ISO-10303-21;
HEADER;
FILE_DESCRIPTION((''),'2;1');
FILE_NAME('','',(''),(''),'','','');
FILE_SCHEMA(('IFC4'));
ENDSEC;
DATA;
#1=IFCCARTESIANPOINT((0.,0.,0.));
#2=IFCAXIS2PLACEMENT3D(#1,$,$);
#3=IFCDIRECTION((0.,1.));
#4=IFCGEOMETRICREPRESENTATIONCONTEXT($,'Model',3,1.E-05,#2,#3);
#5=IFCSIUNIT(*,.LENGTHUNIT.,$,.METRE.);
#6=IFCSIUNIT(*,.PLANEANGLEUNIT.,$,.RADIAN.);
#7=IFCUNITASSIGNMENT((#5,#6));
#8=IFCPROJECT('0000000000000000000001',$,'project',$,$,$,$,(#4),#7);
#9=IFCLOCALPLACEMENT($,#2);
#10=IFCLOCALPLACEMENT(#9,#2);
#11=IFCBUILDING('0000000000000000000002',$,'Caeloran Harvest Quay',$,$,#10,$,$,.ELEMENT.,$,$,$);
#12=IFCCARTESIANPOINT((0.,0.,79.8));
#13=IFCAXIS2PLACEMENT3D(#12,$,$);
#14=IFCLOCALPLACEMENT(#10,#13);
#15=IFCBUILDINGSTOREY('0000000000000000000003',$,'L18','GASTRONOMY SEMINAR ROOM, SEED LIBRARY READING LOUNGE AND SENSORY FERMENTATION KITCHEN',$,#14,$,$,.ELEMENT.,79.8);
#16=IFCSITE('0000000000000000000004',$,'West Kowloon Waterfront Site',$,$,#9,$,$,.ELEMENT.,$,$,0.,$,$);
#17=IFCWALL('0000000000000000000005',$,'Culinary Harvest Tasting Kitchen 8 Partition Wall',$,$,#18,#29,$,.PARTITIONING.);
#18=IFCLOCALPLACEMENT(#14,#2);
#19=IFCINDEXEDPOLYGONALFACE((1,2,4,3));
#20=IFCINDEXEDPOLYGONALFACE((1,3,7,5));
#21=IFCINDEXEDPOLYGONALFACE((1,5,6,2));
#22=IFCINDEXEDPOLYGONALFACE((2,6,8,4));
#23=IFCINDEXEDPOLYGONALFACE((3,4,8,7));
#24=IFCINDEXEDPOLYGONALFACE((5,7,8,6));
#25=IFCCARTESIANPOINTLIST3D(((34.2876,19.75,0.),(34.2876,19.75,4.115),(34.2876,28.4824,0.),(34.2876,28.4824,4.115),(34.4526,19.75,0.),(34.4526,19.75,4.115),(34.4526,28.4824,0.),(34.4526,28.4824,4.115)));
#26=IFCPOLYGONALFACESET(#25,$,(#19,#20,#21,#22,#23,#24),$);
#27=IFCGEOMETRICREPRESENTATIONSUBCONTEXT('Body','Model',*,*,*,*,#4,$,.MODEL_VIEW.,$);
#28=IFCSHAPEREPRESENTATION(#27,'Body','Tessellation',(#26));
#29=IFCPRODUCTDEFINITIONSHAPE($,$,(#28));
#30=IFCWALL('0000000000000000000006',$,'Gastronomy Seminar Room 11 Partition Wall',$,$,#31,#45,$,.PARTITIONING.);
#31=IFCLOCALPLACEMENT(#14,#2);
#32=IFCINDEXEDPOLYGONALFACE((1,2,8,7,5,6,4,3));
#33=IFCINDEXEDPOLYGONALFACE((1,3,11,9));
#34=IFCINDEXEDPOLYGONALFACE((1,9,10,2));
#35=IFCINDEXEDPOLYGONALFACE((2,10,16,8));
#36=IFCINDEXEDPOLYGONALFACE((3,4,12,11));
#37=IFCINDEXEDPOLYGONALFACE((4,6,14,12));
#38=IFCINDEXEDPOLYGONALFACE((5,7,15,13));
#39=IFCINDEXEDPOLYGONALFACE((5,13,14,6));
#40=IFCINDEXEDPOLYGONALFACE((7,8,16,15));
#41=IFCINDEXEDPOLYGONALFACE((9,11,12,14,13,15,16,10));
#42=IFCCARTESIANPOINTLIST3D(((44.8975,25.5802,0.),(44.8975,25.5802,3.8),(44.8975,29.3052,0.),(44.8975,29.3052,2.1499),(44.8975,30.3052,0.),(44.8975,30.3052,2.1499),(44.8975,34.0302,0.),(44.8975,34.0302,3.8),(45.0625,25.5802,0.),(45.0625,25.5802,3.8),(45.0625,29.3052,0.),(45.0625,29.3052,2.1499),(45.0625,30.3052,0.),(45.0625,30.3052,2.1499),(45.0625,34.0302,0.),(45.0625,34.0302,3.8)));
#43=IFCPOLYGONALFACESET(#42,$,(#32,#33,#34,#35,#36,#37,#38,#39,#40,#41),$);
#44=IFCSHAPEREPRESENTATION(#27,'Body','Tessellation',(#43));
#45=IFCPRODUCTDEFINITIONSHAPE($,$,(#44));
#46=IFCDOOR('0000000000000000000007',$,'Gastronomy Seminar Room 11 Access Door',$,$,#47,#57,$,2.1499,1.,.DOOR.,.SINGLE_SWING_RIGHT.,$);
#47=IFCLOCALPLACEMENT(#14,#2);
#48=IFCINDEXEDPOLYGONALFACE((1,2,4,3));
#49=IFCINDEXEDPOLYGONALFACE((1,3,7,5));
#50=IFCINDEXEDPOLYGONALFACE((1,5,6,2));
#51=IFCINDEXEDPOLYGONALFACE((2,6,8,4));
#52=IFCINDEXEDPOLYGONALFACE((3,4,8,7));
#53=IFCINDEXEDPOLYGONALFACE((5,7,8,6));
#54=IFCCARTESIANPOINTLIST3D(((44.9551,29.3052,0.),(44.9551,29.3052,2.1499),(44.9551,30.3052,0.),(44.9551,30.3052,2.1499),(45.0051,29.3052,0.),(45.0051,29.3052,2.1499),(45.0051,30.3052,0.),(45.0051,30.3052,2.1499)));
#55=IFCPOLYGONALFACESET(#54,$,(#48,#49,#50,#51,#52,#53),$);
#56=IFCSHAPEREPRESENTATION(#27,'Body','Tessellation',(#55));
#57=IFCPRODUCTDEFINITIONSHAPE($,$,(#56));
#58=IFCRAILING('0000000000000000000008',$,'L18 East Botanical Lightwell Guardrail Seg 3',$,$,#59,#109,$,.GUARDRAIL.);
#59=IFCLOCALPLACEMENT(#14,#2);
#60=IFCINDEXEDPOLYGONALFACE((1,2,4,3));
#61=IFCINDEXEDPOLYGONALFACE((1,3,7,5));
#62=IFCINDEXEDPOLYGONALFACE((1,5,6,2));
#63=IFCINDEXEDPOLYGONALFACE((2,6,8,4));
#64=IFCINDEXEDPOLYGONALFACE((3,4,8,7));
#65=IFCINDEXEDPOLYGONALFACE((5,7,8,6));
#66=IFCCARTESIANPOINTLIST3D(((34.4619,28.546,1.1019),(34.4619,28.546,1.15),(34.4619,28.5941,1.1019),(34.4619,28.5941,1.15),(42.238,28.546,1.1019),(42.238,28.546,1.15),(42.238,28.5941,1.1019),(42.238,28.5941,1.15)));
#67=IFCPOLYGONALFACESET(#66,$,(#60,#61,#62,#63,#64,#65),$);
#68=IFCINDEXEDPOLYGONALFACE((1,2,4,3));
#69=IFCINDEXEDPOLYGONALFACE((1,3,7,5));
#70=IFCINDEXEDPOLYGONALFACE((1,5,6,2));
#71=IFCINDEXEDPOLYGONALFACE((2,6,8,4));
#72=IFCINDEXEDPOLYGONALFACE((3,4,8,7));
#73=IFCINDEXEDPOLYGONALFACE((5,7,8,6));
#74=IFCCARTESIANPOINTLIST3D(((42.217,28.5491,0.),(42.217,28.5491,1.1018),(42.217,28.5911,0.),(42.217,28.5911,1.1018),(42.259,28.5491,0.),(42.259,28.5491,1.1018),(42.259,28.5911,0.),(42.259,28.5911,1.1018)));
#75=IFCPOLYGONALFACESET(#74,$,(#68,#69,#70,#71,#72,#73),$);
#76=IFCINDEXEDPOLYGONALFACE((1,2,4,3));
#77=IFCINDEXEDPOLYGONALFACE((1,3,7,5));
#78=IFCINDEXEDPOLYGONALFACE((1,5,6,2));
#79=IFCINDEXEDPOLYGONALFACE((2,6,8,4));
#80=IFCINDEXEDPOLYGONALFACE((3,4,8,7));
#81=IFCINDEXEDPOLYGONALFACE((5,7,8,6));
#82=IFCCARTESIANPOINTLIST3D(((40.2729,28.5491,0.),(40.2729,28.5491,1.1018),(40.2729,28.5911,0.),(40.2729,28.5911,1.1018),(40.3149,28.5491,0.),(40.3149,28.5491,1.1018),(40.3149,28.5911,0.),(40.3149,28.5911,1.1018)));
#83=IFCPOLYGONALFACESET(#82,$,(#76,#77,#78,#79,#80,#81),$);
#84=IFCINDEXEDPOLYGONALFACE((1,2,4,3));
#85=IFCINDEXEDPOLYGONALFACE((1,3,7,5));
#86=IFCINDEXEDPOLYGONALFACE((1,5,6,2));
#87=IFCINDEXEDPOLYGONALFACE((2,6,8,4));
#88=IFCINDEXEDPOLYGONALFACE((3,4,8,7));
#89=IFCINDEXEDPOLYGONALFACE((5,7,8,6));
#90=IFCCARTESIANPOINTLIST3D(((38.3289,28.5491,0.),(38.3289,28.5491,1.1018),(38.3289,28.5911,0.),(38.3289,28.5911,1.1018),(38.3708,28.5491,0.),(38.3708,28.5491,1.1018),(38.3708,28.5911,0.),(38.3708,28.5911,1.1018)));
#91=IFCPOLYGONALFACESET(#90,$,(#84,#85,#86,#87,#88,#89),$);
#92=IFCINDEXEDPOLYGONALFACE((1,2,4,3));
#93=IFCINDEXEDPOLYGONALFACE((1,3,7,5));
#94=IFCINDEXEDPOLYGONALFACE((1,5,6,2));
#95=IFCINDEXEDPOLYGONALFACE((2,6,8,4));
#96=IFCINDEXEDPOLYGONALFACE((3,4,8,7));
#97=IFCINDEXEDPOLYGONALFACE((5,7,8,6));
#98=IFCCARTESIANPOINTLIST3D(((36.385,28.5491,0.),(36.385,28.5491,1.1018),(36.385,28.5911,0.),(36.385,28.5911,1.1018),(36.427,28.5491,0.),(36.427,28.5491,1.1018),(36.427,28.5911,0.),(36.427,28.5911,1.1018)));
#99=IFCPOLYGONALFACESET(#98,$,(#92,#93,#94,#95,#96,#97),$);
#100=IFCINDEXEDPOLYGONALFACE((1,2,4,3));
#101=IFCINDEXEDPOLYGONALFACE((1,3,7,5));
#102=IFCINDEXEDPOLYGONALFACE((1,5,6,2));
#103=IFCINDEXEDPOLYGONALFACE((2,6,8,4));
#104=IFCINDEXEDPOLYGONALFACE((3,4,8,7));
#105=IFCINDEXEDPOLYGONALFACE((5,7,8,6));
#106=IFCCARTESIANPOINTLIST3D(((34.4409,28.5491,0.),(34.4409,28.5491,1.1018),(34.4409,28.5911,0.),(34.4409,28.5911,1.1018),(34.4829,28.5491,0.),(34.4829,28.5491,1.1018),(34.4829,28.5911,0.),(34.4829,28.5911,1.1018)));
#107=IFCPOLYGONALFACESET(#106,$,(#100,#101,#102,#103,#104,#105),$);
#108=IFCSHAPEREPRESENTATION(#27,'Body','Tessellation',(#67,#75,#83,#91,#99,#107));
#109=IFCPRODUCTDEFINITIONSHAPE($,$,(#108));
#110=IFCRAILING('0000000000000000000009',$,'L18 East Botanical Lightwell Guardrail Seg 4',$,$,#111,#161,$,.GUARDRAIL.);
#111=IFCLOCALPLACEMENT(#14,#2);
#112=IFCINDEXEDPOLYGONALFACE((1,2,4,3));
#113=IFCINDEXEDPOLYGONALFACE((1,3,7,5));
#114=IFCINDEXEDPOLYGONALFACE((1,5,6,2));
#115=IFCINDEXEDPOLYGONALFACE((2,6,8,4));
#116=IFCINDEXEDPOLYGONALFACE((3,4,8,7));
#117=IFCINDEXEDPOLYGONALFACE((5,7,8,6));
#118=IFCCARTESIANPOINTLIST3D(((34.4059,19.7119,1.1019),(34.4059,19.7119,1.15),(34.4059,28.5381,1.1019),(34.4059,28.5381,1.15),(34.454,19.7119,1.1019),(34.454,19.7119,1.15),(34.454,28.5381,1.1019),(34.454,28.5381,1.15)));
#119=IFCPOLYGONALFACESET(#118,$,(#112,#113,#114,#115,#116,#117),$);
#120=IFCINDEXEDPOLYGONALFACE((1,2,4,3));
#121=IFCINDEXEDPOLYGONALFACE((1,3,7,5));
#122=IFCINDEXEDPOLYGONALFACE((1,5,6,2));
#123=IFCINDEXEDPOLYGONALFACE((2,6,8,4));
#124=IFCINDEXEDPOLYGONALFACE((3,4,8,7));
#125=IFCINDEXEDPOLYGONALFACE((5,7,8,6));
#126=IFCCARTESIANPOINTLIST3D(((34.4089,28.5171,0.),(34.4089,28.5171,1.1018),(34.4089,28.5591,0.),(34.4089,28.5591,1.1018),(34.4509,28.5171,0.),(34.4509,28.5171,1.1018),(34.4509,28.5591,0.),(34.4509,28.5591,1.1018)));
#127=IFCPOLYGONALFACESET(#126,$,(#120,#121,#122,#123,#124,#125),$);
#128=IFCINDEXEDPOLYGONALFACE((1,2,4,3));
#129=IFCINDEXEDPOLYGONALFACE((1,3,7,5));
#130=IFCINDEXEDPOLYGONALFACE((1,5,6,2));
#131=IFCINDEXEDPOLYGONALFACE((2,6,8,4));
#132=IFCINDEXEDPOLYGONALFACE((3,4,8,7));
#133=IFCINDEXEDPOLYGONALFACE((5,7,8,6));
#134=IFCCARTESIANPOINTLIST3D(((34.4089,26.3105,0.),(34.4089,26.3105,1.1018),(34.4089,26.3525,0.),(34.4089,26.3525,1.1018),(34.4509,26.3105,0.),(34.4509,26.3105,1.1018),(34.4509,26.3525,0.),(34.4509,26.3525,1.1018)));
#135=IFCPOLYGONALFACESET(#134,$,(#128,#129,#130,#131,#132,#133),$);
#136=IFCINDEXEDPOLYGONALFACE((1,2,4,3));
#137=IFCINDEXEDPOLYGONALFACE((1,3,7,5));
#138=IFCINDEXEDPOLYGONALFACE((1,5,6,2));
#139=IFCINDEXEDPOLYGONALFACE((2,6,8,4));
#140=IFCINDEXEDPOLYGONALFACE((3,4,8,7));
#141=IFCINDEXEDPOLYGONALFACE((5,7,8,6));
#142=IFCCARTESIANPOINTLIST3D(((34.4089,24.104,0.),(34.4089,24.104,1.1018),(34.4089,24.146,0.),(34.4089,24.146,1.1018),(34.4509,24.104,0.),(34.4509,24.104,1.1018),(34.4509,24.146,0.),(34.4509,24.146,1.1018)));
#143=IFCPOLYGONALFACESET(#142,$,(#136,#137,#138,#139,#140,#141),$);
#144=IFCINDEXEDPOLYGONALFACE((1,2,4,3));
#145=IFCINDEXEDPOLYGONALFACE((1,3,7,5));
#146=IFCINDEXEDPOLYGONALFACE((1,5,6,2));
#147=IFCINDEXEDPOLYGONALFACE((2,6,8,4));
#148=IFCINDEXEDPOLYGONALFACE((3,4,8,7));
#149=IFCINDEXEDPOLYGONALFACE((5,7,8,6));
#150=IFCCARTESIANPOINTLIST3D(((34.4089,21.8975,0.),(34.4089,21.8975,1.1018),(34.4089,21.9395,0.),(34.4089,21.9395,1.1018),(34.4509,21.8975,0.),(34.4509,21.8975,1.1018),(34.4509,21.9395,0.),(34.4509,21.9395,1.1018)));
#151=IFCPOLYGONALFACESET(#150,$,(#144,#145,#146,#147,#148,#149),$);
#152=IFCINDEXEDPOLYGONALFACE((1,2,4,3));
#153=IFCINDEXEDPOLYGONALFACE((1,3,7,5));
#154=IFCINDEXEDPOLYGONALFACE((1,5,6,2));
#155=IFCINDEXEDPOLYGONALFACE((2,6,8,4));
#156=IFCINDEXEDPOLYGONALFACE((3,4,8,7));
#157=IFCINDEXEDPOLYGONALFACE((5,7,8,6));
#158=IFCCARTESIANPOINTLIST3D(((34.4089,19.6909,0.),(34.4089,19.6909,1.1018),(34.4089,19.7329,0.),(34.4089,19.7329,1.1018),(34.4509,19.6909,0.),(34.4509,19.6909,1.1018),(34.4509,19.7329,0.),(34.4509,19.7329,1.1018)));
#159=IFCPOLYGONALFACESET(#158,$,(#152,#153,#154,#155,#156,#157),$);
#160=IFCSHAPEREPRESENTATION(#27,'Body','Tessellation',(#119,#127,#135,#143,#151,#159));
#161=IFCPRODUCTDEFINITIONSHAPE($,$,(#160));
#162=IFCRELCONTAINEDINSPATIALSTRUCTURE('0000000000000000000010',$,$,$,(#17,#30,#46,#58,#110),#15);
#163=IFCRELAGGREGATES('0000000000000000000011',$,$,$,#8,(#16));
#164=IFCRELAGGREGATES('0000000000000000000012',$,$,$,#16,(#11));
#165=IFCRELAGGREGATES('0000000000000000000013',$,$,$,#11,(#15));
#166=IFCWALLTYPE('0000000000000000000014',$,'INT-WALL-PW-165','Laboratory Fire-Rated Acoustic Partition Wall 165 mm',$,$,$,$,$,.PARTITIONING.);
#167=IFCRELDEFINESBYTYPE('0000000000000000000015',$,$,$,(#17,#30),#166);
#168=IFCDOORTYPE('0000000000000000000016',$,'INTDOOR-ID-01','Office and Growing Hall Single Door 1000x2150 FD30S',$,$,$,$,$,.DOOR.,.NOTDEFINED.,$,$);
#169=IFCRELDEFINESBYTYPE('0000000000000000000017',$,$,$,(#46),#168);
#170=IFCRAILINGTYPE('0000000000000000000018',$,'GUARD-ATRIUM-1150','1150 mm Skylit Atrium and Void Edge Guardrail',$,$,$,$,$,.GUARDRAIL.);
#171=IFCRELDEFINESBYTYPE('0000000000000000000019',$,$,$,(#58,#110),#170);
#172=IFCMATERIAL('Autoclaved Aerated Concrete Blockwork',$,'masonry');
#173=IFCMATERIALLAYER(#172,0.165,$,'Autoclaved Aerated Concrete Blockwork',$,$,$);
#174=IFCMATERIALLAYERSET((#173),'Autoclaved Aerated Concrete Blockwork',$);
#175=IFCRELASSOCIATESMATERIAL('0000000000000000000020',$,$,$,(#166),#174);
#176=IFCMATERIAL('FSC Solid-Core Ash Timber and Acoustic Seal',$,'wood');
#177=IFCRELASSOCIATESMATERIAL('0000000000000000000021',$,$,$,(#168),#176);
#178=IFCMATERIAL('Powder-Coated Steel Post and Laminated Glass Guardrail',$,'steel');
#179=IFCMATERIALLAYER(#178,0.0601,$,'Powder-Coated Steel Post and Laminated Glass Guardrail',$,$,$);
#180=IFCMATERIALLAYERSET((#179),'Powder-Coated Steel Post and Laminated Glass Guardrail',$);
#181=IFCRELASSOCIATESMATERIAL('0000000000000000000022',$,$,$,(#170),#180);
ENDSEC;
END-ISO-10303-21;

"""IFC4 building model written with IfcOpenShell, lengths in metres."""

from ifc_helpers import new_model, si_unit, direction, frame, frame_2d, origin, origin_2d, place, context, subcontext, project, spatial, rectangle, extrude, material, layer, layer_set, type_object, element, fill, save


model = new_model("IFC4")

# Units and contexts
model_context = context("Model", 3, precision=1e-05, world=origin(), true_north=direction((0.0, 1.0)))
body_context = subcontext(model_context, "Body", "Model", "MODEL_VIEW")
ifc_project = project(units=[si_unit("LENGTHUNIT", "METRE"), si_unit("PLANEANGLEUNIT", "RADIAN")], contexts=[model_context])

# Site, building, storey
site_placement = place(None, origin())
site = spatial("IfcSite", under=ifc_project, at=site_placement, Name="West Kowloon Waterfront Site", CompositionType="ELEMENT", RefElevation=0.0)
building_placement = place(site_placement, origin())
building = spatial("IfcBuilding", under=site, at=building_placement, Name="Caeloran Harvest Quay", CompositionType="ELEMENT")
storey_placement = place(building_placement, frame((0.0, 0.0, 79.8)))
storey = spatial("IfcBuildingStorey", under=building, at=storey_placement, Name="L18", Description="GASTRONOMY SEMINAR ROOM, SEED LIBRARY READING LOUNGE AND SENSORY FERMENTATION KITCHEN", CompositionType="ELEMENT", Elevation=79.8)

# Wall
ifc_material_1 = material(Name="Autoclaved Aerated Concrete Blockwork", Category="masonry")
ifc_layer_1 = layer(ifc_material_1, 0.165, Name="Autoclaved Aerated Concrete Blockwork")
ifc_layer_set_1 = layer_set([ifc_layer_1], Name="Autoclaved Aerated Concrete Blockwork")
wall_type = type_object("IfcWallType", Name="INT-WALL-PW-165", Description="Laboratory Fire-Rated Acoustic Partition Wall 165 mm", PredefinedType="PARTITIONING", material=ifc_layer_set_1)
wall_1_placement = place(storey_placement, frame((34.3701, 28.4824, 0.0), z_axis=(0.0, 0.0, 1.0), x_axis=(0.0, -1.0, 0.0)))
element("IfcWall", 1, at=wall_1_placement, inside=storey, type_object=wall_type, Name="Culinary Harvest Tasting Kitchen 8 Partition Wall", PredefinedType="PARTITIONING", context=body_context, shape_type="SweptSolid", body=[
    extrude(rectangle(XDim=8.7324, YDim=0.165, at=frame_2d((4.3662, 0.0))), origin(), (0.0, 0.0, 1.0), 4.115),
])

# Wall, opening, door
wall_2_placement = place(storey_placement, frame((44.98, 25.5801, 0.0), z_axis=(0.0, 0.0, 1.0), x_axis=(0.0, 1.0, 0.0)))
wall_2 = element("IfcWall", 2, at=wall_2_placement, inside=storey, type_object=wall_type, Name="Gastronomy Seminar Room 11 Partition Wall", PredefinedType="PARTITIONING", context=body_context, shape_type="SweptSolid", body=[
    extrude(rectangle(XDim=8.45, YDim=0.165, at=frame_2d((4.2251, 0.0))), origin(), (0.0, 0.0, 1.0), 3.8),
])
opening_placement = place(wall_2_placement, frame((3.7251, 0.0, 0.0)))
opening = element("IfcOpeningElement", 3, at=opening_placement, cuts=wall_2, PredefinedType="OPENING", context=body_context, shape_type="SweptSolid", body=[
    extrude(rectangle(XDim=1.0, YDim=2.1499, at=frame_2d((0.5, 1.075))), frame((0.0, 0.0925, 0.0), z_axis=(0.0, -1.0, 0.0), x_axis=(1.0, 0.0, 0.0)), (0.0, 0.0, 1.0), 0.1851),
])
ifc_material_2 = material(Name="FSC Solid-Core Ash Timber and Acoustic Seal", Category="wood")
door_type = type_object("IfcDoorType", Name="INTDOOR-ID-01", Description="Office and Growing Hall Single Door 1000x2150 FD30S", OperationType="NOTDEFINED", PredefinedType="DOOR", material=ifc_material_2)
door_placement = place(opening_placement, origin())
door = element("IfcDoor", 4, at=door_placement, inside=storey, type_object=door_type, Name="Gastronomy Seminar Room 11 Access Door", OperationType="SINGLE_SWING_RIGHT", OverallHeight=2.1499, OverallWidth=1.0, PredefinedType="DOOR", context=body_context, shape_type="SweptSolid", body=[
    extrude(rectangle(XDim=1.0, YDim=2.1499, at=frame_2d((0.5, 1.075))), frame((0.0, 0.0249, 0.0), z_axis=(0.0, -1.0, 0.0), x_axis=(1.0, 0.0, 0.0)), (0.0, 0.0, 1.0), 0.05),
])
fill(opening, door)

# Railings
ifc_material_3 = material(Name="Powder-Coated Steel Post and Laminated Glass Guardrail", Category="steel")
ifc_layer_2 = layer(ifc_material_3, 0.0601, Name="Powder-Coated Steel Post and Laminated Glass Guardrail")
ifc_layer_set_2 = layer_set([ifc_layer_2], Name="Powder-Coated Steel Post and Laminated Glass Guardrail")
railing_type = type_object("IfcRailingType", Name="GUARD-ATRIUM-1150", Description="1150 mm Skylit Atrium and Void Edge Guardrail", PredefinedType="GUARDRAIL", material=ifc_layer_set_2)
railing_1_placement = place(storey_placement, frame((42.238, 28.5701, 0.0)))
element("IfcRailing", 5, at=railing_1_placement, inside=storey, type_object=railing_type, Name="L18 East Botanical Lightwell Guardrail Seg 3", PredefinedType="GUARDRAIL", context=body_context, shape_type="SweptSolid", body=[
    extrude(rectangle(XDim=0.0481, YDim=0.0481, at=origin_2d()), frame((0.0, 0.0, 1.126), z_axis=(-1.0, 0.0, 0.0), x_axis=(0.0, -1.0, 0.0)), (0.0, 0.0, 1.0), 7.7761),
    extrude(rectangle(XDim=0.042, YDim=0.042, at=origin_2d()), origin(), (0.0, 0.0, 1.0), 1.1018),
    extrude(rectangle(XDim=0.042, YDim=0.042, at=origin_2d()), frame((-1.9441, 0.0, 0.0)), (0.0, 0.0, 1.0), 1.1018),
    extrude(rectangle(XDim=0.042, YDim=0.042, at=origin_2d()), frame((-3.8882, 0.0, 0.0)), (0.0, 0.0, 1.0), 1.1018),
    extrude(rectangle(XDim=0.042, YDim=0.042, at=origin_2d()), frame((-5.832, 0.0, 0.0)), (0.0, 0.0, 1.0), 1.1018),
    extrude(rectangle(XDim=0.042, YDim=0.042, at=origin_2d()), frame((-7.7761, 0.0, 0.0)), (0.0, 0.0, 1.0), 1.1018),
])
railing_2_placement = place(storey_placement, frame((34.4299, 28.5381, 0.0)))
element("IfcRailing", 6, at=railing_2_placement, inside=storey, type_object=railing_type, Name="L18 East Botanical Lightwell Guardrail Seg 4", PredefinedType="GUARDRAIL", context=body_context, shape_type="SweptSolid", body=[
    extrude(rectangle(XDim=0.0481, YDim=0.0481, at=origin_2d()), frame((0.0, 0.0, 1.126), z_axis=(0.0, -1.0, 0.0), x_axis=(1.0, 0.0, 0.0)), (0.0, 0.0, 1.0), 8.8262),
    extrude(rectangle(XDim=0.042, YDim=0.042, at=origin_2d()), origin(), (0.0, 0.0, 1.0), 1.1018),
    extrude(rectangle(XDim=0.042, YDim=0.042, at=origin_2d()), frame((0.0, -2.2065, 0.0)), (0.0, 0.0, 1.0), 1.1018),
    extrude(rectangle(XDim=0.042, YDim=0.042, at=origin_2d()), frame((0.0, -4.4131, 0.0)), (0.0, 0.0, 1.0), 1.1018),
    extrude(rectangle(XDim=0.042, YDim=0.042, at=origin_2d()), frame((0.0, -6.6196, 0.0)), (0.0, 0.0, 1.0), 1.1018),
    extrude(rectangle(XDim=0.042, YDim=0.042, at=origin_2d()), frame((0.0, -8.8262, 0.0)), (0.0, 0.0, 1.0), 1.1018),
])

save(model, "model.ifc")
